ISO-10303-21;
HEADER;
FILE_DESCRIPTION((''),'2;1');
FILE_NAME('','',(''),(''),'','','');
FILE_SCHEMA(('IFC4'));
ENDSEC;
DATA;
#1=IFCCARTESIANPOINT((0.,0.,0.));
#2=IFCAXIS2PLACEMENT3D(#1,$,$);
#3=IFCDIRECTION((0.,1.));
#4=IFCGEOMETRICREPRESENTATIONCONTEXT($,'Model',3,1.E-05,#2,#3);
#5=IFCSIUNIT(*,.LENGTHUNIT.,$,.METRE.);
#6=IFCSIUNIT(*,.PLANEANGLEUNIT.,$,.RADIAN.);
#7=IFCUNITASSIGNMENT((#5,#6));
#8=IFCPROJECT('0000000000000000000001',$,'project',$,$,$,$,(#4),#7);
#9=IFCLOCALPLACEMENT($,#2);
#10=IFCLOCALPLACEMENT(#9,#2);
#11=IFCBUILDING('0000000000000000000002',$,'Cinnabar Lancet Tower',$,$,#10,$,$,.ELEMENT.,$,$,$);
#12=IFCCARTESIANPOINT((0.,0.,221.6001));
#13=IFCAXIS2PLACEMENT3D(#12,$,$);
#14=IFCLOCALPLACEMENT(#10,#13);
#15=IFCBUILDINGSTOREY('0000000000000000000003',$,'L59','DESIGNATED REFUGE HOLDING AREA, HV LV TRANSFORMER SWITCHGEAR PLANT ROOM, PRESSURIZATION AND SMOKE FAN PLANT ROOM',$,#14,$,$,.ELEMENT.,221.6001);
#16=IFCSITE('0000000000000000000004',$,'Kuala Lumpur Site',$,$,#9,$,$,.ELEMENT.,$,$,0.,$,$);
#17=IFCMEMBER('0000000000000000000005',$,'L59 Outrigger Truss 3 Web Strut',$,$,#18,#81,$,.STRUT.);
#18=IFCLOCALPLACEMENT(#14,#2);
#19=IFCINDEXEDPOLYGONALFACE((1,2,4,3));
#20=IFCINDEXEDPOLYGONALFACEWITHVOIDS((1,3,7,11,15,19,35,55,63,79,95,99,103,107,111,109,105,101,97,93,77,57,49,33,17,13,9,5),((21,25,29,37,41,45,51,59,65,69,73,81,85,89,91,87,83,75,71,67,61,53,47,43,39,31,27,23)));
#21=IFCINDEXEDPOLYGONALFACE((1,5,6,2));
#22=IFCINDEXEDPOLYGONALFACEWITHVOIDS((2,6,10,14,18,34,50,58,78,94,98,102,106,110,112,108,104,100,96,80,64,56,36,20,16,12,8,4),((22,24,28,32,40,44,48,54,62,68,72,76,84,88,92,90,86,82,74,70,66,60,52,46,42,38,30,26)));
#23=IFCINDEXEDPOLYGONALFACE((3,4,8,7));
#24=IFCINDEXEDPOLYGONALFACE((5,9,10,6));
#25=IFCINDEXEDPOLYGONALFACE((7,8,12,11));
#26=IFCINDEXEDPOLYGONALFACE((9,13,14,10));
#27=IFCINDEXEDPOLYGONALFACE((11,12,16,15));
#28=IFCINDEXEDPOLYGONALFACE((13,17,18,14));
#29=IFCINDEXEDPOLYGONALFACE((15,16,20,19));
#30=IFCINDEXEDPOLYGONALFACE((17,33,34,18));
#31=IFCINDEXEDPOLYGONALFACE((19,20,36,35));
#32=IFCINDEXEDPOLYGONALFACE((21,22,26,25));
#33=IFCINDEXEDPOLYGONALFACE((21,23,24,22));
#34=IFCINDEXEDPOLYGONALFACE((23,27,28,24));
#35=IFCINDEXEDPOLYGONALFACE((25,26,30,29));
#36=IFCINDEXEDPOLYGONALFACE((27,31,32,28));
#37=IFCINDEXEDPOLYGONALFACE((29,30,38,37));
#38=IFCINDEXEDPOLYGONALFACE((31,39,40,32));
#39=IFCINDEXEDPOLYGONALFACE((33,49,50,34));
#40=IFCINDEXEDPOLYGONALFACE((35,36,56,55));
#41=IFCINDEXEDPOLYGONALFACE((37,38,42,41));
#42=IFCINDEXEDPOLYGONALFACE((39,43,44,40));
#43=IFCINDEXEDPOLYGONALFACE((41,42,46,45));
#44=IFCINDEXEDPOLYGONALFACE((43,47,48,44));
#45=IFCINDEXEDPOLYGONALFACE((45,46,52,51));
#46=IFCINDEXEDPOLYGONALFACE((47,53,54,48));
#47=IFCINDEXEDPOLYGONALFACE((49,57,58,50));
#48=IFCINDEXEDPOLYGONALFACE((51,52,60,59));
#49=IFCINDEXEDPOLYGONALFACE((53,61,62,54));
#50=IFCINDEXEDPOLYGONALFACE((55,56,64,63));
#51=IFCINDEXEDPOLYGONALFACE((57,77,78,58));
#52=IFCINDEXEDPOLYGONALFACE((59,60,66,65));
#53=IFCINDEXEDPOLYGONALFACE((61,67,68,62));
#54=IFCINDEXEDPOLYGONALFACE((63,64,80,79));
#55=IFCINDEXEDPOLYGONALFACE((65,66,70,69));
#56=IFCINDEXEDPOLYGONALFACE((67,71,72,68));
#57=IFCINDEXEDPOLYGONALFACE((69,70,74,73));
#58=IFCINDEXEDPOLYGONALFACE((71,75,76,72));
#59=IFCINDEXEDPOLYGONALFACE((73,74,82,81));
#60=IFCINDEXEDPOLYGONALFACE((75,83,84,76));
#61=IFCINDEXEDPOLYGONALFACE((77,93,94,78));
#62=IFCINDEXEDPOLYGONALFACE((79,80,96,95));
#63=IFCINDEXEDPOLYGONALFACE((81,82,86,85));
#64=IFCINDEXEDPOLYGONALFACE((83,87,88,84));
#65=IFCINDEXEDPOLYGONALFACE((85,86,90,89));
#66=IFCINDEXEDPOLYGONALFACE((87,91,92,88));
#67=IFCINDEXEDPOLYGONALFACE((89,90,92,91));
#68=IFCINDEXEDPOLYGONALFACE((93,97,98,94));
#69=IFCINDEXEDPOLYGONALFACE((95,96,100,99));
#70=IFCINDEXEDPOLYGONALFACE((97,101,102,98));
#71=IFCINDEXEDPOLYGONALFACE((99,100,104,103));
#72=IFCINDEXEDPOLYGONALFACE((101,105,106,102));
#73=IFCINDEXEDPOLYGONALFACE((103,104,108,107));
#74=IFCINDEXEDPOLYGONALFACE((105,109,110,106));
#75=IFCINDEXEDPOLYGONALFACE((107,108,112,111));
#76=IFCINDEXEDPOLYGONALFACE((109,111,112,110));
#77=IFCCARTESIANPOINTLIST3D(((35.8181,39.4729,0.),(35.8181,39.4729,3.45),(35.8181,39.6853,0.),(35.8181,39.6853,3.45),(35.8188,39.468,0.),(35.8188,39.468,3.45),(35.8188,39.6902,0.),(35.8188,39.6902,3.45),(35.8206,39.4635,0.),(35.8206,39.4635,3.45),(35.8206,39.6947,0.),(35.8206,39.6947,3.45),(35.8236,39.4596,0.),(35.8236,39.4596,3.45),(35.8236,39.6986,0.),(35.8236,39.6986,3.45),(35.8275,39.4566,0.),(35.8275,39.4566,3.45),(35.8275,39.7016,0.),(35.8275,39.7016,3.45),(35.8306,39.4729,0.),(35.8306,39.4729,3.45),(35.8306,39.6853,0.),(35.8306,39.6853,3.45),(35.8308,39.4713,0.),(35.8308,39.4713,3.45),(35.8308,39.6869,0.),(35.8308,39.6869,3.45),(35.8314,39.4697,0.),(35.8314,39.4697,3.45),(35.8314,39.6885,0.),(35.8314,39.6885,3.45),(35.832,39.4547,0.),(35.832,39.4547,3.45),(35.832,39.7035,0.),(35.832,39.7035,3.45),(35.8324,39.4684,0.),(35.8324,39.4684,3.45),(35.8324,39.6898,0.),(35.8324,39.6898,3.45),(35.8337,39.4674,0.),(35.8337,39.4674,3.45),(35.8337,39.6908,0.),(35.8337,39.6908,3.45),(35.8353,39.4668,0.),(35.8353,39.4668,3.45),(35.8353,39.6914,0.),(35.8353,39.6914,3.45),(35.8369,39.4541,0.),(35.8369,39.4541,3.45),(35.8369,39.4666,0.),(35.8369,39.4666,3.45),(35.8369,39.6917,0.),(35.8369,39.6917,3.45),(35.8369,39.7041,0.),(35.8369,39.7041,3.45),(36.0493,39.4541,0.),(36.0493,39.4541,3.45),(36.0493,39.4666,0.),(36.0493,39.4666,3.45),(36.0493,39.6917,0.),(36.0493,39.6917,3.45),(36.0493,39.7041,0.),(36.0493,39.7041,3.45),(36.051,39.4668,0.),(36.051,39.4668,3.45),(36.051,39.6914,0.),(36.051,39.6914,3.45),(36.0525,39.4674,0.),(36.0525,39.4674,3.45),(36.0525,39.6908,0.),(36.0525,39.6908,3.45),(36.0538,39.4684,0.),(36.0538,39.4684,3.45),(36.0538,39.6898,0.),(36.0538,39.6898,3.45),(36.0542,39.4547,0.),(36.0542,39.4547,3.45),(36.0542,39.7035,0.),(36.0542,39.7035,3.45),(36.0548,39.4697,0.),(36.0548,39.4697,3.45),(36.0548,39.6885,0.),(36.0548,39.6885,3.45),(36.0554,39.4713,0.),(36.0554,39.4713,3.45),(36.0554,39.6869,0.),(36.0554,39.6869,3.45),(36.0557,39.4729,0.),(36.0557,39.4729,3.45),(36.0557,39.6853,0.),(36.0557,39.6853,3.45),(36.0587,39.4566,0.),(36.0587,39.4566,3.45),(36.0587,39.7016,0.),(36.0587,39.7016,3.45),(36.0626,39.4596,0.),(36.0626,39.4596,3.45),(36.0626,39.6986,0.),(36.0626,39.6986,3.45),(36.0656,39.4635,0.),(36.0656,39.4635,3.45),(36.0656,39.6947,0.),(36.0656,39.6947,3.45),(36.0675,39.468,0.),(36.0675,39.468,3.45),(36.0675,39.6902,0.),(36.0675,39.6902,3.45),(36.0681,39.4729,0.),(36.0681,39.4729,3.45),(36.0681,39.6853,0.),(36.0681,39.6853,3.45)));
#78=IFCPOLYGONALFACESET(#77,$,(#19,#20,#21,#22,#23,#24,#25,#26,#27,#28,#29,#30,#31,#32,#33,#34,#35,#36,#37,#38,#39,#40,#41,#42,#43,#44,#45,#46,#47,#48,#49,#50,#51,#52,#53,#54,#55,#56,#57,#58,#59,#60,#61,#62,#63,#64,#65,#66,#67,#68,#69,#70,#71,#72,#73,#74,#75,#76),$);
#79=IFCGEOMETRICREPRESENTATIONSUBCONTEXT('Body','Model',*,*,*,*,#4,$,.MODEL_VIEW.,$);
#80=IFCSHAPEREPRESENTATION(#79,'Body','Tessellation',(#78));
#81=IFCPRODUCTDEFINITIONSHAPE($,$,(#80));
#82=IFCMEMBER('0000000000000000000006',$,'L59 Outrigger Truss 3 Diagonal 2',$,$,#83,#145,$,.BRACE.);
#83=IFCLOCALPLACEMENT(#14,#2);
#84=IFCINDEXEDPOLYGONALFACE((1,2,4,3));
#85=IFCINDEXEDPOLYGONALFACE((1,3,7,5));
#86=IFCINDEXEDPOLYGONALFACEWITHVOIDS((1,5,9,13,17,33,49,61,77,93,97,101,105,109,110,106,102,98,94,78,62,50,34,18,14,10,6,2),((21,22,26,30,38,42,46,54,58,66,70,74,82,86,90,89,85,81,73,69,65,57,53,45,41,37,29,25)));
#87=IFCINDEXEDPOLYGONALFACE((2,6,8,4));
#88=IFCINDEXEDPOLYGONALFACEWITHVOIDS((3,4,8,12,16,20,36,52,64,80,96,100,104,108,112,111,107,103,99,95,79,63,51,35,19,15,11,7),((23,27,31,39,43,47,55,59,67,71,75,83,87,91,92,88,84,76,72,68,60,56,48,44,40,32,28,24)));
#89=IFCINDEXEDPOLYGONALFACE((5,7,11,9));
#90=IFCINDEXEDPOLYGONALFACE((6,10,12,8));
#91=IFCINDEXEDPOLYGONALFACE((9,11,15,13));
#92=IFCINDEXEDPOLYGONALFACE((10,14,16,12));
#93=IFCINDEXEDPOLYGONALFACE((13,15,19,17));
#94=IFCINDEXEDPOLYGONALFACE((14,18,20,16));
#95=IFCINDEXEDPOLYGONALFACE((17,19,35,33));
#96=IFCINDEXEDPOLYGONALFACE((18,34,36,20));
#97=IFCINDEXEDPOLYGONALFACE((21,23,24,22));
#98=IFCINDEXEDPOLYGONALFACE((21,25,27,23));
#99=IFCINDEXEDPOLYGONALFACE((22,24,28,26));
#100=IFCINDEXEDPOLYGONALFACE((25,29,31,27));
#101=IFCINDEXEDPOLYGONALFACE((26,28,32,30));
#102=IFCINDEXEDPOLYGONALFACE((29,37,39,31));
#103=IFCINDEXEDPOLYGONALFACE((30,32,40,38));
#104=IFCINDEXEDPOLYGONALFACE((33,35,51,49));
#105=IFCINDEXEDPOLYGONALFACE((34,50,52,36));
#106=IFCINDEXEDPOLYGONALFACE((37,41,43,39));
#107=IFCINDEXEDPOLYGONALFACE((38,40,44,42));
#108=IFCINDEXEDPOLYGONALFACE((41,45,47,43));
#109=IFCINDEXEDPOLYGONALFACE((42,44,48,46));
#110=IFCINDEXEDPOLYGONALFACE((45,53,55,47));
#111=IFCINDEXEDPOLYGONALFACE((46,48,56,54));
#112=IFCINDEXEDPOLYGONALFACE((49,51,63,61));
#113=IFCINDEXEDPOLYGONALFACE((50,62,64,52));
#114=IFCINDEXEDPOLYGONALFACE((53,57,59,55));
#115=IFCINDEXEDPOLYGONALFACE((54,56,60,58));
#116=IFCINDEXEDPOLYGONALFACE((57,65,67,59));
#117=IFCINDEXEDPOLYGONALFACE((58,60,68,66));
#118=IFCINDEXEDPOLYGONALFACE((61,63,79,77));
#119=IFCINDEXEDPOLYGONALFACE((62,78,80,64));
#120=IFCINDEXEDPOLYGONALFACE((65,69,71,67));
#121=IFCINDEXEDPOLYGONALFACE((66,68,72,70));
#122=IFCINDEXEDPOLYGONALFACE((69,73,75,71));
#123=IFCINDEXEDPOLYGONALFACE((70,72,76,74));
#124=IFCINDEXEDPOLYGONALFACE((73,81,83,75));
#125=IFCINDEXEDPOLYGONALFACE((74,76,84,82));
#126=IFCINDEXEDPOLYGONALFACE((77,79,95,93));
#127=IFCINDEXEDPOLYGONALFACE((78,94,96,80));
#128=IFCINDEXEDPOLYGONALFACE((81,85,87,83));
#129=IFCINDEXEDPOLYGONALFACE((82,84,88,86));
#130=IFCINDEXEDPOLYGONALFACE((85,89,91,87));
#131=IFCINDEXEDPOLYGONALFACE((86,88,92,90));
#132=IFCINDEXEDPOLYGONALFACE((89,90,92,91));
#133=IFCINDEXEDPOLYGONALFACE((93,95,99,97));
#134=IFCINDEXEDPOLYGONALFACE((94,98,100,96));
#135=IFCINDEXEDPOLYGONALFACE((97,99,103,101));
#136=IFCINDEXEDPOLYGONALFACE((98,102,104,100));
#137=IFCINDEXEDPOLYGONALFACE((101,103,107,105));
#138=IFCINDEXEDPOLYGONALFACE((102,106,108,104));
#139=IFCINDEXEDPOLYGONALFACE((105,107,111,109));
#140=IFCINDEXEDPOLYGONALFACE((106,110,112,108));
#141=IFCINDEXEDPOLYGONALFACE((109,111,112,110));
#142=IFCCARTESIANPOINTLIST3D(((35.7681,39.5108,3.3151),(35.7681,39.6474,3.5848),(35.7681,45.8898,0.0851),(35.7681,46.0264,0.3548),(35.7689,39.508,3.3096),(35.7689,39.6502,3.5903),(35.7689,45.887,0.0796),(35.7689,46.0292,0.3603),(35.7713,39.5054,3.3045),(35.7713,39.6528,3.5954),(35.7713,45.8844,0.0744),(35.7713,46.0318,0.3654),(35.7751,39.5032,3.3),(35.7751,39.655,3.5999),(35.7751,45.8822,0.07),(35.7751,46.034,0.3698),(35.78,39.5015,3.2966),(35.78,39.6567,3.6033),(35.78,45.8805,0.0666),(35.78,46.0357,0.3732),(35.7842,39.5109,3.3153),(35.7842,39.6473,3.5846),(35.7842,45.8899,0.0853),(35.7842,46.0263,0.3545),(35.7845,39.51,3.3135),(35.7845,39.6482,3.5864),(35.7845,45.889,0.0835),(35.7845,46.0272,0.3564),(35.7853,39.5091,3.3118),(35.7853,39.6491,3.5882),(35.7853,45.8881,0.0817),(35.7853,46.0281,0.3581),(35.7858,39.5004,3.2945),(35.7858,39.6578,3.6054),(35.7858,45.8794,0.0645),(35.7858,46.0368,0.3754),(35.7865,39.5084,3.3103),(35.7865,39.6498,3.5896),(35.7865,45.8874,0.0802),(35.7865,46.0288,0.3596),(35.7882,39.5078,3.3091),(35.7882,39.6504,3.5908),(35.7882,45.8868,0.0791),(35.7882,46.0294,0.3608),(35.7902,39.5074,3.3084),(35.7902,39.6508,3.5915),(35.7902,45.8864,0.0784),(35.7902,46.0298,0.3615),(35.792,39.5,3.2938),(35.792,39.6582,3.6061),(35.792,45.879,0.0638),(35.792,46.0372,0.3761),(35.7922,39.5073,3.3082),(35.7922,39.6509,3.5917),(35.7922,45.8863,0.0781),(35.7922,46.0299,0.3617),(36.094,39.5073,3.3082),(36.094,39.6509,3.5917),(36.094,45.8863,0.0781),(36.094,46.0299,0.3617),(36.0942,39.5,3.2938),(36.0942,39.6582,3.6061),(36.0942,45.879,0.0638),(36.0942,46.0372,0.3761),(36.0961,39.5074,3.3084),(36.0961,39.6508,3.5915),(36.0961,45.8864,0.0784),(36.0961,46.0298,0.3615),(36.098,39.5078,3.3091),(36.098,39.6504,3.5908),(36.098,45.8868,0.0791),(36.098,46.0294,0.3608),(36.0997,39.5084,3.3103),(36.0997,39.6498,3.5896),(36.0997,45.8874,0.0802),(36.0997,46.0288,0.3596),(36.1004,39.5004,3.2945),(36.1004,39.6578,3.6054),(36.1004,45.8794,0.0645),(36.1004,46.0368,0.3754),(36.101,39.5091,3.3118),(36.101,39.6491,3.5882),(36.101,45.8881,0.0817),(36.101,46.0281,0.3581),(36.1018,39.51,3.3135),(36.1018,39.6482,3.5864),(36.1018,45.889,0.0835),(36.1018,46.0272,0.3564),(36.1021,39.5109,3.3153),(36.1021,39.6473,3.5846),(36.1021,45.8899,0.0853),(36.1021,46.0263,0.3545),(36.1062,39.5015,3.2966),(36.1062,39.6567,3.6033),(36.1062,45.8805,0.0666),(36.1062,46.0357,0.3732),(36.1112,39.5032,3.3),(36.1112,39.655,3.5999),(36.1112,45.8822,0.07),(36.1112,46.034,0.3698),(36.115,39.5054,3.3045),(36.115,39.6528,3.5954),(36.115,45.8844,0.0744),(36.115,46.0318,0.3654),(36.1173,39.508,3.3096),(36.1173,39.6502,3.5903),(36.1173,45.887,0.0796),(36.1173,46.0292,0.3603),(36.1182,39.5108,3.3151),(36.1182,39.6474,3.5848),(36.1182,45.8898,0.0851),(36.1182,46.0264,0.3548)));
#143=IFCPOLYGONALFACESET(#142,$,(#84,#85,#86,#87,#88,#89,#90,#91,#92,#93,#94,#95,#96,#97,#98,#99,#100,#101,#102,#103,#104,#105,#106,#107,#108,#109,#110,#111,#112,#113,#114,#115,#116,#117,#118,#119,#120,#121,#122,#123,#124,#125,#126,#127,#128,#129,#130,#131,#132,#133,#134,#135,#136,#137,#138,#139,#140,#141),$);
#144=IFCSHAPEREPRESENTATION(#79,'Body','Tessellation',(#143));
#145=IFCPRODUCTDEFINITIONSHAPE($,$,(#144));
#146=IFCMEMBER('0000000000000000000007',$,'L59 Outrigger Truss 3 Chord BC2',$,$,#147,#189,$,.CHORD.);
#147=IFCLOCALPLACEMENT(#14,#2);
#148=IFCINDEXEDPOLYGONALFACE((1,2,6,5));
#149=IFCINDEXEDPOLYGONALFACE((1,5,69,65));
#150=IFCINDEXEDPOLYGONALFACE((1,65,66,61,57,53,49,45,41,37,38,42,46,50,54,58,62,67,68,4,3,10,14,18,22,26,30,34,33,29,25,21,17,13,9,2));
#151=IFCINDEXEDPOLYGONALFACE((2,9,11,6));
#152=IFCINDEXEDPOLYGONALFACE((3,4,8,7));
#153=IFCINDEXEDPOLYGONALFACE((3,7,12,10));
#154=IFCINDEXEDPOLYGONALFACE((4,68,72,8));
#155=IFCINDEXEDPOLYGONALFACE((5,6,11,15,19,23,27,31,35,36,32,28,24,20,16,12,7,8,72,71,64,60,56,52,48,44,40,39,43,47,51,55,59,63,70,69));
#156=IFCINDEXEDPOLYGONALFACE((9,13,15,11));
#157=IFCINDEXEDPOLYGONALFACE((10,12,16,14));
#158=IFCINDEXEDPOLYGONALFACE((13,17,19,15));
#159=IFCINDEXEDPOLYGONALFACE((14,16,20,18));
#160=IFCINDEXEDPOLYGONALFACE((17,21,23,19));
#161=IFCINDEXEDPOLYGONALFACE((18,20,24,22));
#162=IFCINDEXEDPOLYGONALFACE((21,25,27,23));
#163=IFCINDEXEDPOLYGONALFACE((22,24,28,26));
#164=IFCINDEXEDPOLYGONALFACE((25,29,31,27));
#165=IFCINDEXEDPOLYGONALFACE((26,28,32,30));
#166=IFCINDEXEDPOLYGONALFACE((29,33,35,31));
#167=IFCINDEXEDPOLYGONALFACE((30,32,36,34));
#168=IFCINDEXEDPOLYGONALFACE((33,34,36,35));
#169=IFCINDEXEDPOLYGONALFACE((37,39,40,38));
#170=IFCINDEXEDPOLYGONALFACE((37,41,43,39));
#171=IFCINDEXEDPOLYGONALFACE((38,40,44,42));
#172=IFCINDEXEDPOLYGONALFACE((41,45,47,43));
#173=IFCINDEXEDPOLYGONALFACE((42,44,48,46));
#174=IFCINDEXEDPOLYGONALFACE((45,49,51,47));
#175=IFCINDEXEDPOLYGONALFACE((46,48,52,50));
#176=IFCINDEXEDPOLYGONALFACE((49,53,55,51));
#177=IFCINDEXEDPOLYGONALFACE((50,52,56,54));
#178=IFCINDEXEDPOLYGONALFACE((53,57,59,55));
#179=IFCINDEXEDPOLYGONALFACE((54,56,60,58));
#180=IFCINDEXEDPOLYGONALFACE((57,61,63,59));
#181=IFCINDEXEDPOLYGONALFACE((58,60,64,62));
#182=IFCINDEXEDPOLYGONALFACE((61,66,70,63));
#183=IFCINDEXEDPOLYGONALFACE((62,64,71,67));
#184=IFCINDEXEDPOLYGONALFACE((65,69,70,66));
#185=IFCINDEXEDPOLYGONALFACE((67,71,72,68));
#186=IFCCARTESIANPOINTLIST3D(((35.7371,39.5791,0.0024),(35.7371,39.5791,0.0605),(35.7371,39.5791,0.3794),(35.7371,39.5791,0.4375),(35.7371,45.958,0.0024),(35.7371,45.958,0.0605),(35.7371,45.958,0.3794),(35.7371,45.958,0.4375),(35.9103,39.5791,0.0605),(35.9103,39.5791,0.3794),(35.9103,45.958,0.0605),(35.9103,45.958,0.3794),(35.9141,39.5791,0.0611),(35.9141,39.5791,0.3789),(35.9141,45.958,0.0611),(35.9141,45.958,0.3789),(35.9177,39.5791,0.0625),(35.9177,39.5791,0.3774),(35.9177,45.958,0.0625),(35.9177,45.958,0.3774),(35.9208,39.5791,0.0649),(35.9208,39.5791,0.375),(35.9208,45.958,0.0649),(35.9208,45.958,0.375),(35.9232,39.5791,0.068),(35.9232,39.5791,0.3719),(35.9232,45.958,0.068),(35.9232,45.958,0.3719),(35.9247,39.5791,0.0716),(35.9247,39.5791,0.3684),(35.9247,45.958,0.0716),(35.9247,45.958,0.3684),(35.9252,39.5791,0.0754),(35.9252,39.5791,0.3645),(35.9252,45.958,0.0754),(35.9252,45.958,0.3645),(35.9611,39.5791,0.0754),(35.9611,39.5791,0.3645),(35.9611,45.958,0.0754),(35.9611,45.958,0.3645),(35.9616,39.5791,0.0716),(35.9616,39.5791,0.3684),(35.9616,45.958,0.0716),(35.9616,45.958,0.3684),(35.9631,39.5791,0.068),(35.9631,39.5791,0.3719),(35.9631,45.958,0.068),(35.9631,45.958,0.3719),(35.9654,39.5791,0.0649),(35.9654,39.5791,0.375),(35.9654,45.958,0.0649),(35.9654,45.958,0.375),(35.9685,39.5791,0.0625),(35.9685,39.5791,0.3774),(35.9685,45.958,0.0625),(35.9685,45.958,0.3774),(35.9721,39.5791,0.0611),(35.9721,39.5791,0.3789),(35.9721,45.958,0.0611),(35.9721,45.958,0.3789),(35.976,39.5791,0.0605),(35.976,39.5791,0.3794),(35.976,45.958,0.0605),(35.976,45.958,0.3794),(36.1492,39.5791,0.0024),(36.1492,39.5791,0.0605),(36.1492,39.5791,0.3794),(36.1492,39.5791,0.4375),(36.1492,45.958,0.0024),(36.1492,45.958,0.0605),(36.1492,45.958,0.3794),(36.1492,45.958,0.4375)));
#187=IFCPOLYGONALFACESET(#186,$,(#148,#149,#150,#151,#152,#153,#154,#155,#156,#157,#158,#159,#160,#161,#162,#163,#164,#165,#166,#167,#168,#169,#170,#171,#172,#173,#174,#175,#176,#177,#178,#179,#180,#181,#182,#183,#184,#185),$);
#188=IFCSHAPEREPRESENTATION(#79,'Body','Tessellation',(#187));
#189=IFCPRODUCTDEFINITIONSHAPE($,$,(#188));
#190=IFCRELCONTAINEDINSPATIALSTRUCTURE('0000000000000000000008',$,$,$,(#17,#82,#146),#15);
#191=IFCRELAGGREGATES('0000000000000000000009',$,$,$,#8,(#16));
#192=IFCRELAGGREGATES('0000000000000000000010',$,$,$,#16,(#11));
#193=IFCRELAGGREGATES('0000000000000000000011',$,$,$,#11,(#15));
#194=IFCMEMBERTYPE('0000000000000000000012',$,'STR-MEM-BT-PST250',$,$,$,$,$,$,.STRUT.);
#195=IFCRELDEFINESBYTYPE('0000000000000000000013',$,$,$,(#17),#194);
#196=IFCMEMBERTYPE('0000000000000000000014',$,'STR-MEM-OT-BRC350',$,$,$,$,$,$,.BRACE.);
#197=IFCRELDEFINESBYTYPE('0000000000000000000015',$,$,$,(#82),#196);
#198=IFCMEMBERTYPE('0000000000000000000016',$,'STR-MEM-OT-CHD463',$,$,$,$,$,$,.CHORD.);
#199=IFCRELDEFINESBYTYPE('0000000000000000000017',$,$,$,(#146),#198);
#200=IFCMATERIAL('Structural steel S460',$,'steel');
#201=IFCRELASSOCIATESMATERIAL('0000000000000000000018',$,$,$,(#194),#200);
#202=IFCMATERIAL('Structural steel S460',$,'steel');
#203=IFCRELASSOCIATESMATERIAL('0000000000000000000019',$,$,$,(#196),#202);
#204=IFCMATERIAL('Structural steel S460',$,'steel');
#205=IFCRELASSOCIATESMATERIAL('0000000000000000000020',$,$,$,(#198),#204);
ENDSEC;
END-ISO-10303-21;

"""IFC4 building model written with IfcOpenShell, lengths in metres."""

from ifc_helpers import new_model, si_unit, direction, frame, origin, origin_2d, place, context, subcontext, project, spatial, hollow_rectangle, i_section, extrude, material, material_profile, profile_set, type_object, element, save


model = new_model("IFC4")

# Units and contexts
model_context = context("Model", 3, precision=1e-05, world=origin(), true_north=direction((0.0, 1.0)))
body_context = subcontext(model_context, "Body", "Model", "MODEL_VIEW")
ifc_project = project(units=[si_unit("LENGTHUNIT", "METRE"), si_unit("PLANEANGLEUNIT", "RADIAN")], contexts=[model_context])

# Site, building, storey
site_placement = place(None, origin())
site = spatial("IfcSite", under=ifc_project, at=site_placement, Name="Kuala Lumpur Site", CompositionType="ELEMENT", RefElevation=0.0)
building_placement = place(site_placement, origin())
building = spatial("IfcBuilding", under=site, at=building_placement, Name="Cinnabar Lancet Tower", CompositionType="ELEMENT")
storey_placement = place(building_placement, frame((0.0, 0.0, 221.6001)))
storey = spatial("IfcBuildingStorey", under=building, at=storey_placement, Name="L59", Description="DESIGNATED REFUGE HOLDING AREA, HV LV TRANSFORMER SWITCHGEAR PLANT ROOM, PRESSURIZATION AND SMOKE FAN PLANT ROOM", CompositionType="ELEMENT", Elevation=221.6001)

# Members
ifc_material_1 = material(Name="Structural steel S460", Category="steel")
ifc_material_profile_1 = material_profile(ifc_material_1, hollow_rectangle(XDim=0.25, YDim=0.25, WallThickness=0.0125, InnerFilletRadius=0.0063, OuterFilletRadius=0.0188, at=origin_2d()), Name="SHS 250x250x12.5")
ifc_profile_set_1 = profile_set([ifc_material_profile_1], Name="Structural steel S460")
member_type_1 = type_object("IfcMemberType", Name="STR-MEM-BT-PST250", PredefinedType="STRUT", material=ifc_profile_set_1)
member_1_placement = place(storey_placement, frame((35.9431, 39.5791, 0.0), z_axis=(0.0, 0.0, 1.0), x_axis=(1.0, 0.0, 0.0)))
element("IfcMember", 1, at=member_1_placement, inside=storey, type_object=member_type_1, Name="L59 Outrigger Truss 3 Web Strut", PredefinedType="STRUT", context=body_context, shape_type="SweptSolid", body=[
    extrude(hollow_rectangle(XDim=0.25, YDim=0.25, WallThickness=0.0125, InnerFilletRadius=0.0063, OuterFilletRadius=0.0188, at=origin_2d()), origin(), (0.0, 0.0, 1.0), 3.45),
])
ifc_material_2 = material(Name="Structural steel S460", Category="steel")
ifc_material_profile_2 = material_profile(ifc_material_2, hollow_rectangle(XDim=0.3501, YDim=0.3501, WallThickness=0.0161, InnerFilletRadius=0.0081, OuterFilletRadius=0.0239, at=origin_2d()), Name="SHS 350x350x16")
ifc_profile_set_2 = profile_set([ifc_material_profile_2], Name="Structural steel S460")
member_type_2 = type_object("IfcMemberType", Name="STR-MEM-OT-BRC350", PredefinedType="BRACE", material=ifc_profile_set_2)
member_2_placement = place(storey_placement, frame((35.9431, 39.5791, 3.45), z_axis=(0.0, 0.892148, -0.451742), x_axis=(-1.0, 0.0, 0.0)))
element("IfcMember", 2, at=member_2_placement, inside=storey, type_object=member_type_2, Name="L59 Outrigger Truss 3 Diagonal 2", PredefinedType="BRACE", context=body_context, shape_type="SweptSolid", body=[
    extrude(hollow_rectangle(XDim=0.3501, YDim=0.3501, WallThickness=0.0161, InnerFilletRadius=0.0081, OuterFilletRadius=0.0239, at=origin_2d()), origin(), (0.0, 0.0, 1.0), 7.1501),
])
ifc_material_3 = material(Name="Structural steel S460", Category="steel")
ifc_material_profile_3 = material_profile(ifc_material_3, i_section(OverallWidth=0.4121, OverallDepth=0.4351, WebThickness=0.0359, FlangeThickness=0.0581, FilletRadius=0.0149, at=origin_2d()), Name="HD 400x463")
ifc_profile_set_3 = profile_set([ifc_material_profile_3], Name="Structural steel S460")
member_type_3 = type_object("IfcMemberType", Name="STR-MEM-OT-CHD463", PredefinedType="CHORD", material=ifc_profile_set_3)
for number, where, z_axis, x_axis, name in (
    (3, (35.9431, 39.5791, 0.22), (0.0, 1.0, 0.0), (-1.0, 0.0, 0.0), "L59 Outrigger Truss 3 Chord BC2"),
):
    element("IfcMember", number, at=place(storey_placement, frame(where, z_axis=z_axis, x_axis=x_axis)), inside=storey, type_object=member_type_3, Name=name, PredefinedType="CHORD", context=body_context, shape_type="SweptSolid", body=[
        extrude(i_section(OverallWidth=0.4121, OverallDepth=0.4351, WebThickness=0.0359, FlangeThickness=0.0581, FilletRadius=0.0149, at=origin_2d()), origin(), (0.0, 0.0, 1.0), 6.3789),
    ])

save(model, "model.ifc")
